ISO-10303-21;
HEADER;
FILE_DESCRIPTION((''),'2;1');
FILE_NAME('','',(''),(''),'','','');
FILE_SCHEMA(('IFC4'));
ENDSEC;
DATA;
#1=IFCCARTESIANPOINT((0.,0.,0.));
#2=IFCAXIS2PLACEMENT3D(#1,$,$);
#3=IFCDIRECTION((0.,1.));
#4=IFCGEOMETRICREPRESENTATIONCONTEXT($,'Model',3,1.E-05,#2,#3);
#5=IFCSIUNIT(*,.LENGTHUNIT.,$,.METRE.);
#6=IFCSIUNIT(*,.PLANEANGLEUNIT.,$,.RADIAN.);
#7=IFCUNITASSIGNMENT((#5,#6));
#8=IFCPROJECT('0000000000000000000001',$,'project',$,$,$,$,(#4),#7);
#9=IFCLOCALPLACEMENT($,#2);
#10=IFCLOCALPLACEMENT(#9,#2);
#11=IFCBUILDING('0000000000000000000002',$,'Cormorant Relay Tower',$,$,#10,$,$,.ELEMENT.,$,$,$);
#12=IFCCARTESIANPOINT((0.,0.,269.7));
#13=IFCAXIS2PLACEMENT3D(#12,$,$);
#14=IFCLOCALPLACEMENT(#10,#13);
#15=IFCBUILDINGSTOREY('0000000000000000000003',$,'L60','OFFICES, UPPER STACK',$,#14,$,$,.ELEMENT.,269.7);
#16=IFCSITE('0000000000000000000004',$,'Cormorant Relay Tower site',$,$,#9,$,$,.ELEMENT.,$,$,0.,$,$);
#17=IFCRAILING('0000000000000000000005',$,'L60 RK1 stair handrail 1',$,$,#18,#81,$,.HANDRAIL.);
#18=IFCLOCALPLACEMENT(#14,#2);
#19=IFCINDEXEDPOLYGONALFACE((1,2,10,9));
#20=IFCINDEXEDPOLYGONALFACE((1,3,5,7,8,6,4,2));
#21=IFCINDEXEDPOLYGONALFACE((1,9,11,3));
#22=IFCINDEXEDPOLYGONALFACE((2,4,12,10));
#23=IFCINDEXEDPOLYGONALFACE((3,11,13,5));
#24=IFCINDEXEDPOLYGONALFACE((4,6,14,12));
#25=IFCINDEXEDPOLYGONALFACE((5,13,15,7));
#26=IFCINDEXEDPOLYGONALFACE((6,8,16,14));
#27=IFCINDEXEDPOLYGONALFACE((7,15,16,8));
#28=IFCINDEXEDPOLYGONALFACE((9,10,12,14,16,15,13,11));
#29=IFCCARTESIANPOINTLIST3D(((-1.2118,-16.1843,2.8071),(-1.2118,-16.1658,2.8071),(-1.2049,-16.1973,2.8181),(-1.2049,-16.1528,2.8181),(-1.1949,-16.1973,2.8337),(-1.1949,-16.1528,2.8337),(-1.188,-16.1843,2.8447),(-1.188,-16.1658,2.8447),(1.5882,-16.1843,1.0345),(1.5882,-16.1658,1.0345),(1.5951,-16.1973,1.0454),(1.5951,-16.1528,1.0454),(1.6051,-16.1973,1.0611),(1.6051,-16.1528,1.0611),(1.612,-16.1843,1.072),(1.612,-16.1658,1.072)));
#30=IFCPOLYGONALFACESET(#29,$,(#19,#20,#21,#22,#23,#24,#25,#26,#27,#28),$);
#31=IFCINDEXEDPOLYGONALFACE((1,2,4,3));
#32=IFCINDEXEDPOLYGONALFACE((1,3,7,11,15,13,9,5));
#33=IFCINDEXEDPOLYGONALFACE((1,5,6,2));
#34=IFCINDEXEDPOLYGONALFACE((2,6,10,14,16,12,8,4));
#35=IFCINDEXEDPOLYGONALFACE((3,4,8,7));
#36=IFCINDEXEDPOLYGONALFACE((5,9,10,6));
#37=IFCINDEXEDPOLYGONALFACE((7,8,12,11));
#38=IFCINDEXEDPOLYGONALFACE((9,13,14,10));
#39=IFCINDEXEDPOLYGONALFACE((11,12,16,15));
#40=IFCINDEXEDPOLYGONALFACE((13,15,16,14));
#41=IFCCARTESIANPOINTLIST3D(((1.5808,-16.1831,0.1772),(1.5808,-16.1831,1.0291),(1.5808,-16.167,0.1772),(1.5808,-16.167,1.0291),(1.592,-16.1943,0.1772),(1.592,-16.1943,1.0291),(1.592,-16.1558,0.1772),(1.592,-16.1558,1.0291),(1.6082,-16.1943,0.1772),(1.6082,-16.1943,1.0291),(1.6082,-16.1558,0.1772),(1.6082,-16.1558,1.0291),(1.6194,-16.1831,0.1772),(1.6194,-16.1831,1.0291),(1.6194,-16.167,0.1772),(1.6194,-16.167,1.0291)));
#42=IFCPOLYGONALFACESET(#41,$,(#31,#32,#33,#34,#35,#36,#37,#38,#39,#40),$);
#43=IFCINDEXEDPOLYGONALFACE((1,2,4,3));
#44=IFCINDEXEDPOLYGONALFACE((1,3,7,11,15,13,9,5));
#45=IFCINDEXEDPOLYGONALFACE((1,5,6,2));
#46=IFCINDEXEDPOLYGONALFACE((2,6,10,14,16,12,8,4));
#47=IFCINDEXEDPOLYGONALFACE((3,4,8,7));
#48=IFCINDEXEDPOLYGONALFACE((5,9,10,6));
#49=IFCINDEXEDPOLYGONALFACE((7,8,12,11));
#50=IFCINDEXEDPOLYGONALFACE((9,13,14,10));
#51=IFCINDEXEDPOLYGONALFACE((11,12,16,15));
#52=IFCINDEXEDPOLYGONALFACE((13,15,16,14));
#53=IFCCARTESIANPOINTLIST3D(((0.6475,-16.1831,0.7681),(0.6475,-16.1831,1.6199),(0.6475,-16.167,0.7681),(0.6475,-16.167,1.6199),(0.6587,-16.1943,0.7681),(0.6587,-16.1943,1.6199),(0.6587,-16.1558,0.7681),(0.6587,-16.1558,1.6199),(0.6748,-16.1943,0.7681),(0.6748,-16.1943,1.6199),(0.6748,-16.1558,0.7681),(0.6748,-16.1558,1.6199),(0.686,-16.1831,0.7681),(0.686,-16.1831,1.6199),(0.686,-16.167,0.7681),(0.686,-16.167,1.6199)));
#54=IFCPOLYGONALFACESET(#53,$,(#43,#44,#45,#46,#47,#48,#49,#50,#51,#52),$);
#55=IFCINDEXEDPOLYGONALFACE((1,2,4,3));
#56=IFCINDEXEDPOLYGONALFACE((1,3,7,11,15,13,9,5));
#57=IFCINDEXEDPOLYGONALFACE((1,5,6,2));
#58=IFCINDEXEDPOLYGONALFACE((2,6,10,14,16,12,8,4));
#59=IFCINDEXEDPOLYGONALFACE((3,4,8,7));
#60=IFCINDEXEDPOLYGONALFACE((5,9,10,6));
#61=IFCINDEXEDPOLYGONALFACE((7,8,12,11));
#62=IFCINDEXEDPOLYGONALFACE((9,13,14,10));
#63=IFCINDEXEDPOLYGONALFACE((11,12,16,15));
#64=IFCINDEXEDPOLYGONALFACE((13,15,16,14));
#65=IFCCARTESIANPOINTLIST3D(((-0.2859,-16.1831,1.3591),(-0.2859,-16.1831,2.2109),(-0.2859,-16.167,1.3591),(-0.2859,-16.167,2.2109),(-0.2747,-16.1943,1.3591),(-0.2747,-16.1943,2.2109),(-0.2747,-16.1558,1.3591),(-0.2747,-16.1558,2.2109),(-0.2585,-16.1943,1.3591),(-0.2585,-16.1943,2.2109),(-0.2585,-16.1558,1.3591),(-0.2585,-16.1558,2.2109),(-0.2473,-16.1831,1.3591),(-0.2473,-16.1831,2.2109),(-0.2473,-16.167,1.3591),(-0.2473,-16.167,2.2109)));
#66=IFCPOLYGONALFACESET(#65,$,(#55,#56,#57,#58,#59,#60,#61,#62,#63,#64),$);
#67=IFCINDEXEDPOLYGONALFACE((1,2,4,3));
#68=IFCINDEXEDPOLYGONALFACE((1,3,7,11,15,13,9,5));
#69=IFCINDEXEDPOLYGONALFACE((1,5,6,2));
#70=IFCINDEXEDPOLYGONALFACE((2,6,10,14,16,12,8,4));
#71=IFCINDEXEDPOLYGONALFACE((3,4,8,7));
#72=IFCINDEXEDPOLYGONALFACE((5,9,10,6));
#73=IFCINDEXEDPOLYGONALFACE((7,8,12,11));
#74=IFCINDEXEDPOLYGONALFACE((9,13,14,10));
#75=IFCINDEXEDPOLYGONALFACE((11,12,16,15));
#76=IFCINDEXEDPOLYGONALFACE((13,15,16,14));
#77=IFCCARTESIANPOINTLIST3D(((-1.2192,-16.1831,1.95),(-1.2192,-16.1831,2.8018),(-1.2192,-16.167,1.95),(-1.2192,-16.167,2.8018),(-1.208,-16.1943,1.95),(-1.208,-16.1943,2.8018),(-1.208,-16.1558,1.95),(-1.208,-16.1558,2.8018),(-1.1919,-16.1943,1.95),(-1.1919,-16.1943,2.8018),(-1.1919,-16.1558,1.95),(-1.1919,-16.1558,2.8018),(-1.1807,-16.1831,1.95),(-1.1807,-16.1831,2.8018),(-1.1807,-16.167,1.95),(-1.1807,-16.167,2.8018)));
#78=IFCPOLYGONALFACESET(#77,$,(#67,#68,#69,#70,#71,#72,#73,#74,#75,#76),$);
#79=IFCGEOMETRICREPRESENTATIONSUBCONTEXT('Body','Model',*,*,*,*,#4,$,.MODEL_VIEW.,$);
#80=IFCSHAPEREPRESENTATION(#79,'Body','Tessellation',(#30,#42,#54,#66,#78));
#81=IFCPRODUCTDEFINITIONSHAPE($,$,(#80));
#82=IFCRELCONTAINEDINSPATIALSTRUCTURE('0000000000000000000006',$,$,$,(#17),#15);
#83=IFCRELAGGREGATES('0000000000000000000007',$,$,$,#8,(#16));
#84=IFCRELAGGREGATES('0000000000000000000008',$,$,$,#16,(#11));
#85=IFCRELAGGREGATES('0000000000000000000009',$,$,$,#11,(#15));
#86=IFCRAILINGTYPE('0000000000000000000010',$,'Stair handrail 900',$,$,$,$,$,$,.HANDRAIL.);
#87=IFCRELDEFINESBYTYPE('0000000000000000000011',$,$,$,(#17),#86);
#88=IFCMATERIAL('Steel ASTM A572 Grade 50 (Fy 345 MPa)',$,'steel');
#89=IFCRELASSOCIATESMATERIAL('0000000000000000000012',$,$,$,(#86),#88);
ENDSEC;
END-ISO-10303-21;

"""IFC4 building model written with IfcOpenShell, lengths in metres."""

from ifc_helpers import new_model, si_unit, direction, frame, origin, place, context, subcontext, project, spatial, polyline, outline, extrude, material, type_object, element, save


model = new_model("IFC4")

# Units and contexts
model_context = context("Model", 3, precision=1e-05, world=origin(), true_north=direction((0.0, 1.0)))
body_context = subcontext(model_context, "Body", "Model", "MODEL_VIEW")
ifc_project = project(units=[si_unit("LENGTHUNIT", "METRE"), si_unit("PLANEANGLEUNIT", "RADIAN")], contexts=[model_context])

# Site, building, storey
site_placement = place(None, origin())
site = spatial("IfcSite", under=ifc_project, at=site_placement, Name="Cormorant Relay Tower site", CompositionType="ELEMENT", RefElevation=0.0)
building_placement = place(site_placement, origin())
building = spatial("IfcBuilding", under=site, at=building_placement, Name="Cormorant Relay Tower", CompositionType="ELEMENT")
storey_placement = place(building_placement, frame((0.0, 0.0, 269.7)))
storey = spatial("IfcBuildingStorey", under=building, at=storey_placement, Name="L60", Description="OFFICES, UPPER STACK", CompositionType="ELEMENT", Elevation=269.7)

# Railing
ifc_material_1 = material(Name="Steel ASTM A572 Grade 50 (Fy 345 MPa)", Category="steel")
railing_type = type_object("IfcRailingType", Name="Stair handrail 900", PredefinedType="HANDRAIL", material=ifc_material_1)
railing_placement = place(storey_placement, frame((1.6001, -16.175, 0.1772)))
element("IfcRailing", 1, at=railing_placement, inside=storey, type_object=railing_type, Name="L60 RK1 stair handrail 1", PredefinedType="HANDRAIL", context=body_context, shape_type="SweptSolid", body=[
    extrude(outline(polyline([(0.0222, 0.0093), (0.0093, 0.0222), (-0.0093, 0.0222), (-0.0222, 0.0093), (-0.0222, -0.0093), (-0.0093, -0.0222), (0.0093, -0.0222), (0.0222, -0.0093), (0.0222, 0.0093)])), frame((0.0, 0.0, 0.876), z_axis=(-0.844909, 0.0, 0.53491), x_axis=(0.0, -1.0, 0.0)), (0.0, 0.0, 1.0), 3.314),
    extrude(outline(polyline([(0.0193, 0.0081), (0.0081, 0.0193), (-0.0081, 0.0193), (-0.0193, 0.0081), (-0.0193, -0.0081), (-0.0081, -0.0193), (0.0081, -0.0193), (0.0193, -0.0081), (0.0193, 0.0081)])), origin(), (0.0, 0.0, 1.0), 0.8518),
    extrude(outline(polyline([(0.0193, 0.0081), (0.0081, 0.0193), (-0.0081, 0.0193), (-0.0193, 0.0081), (-0.0193, -0.0081), (-0.0081, -0.0193), (0.0081, -0.0193), (0.0193, -0.0081), (0.0193, 0.0081)])), frame((-0.9333, 0.0, 0.5908)), (0.0, 0.0, 1.0), 0.8518),
    extrude(outline(polyline([(0.0193, 0.0081), (0.0081, 0.0193), (-0.0081, 0.0193), (-0.0193, 0.0081), (-0.0193, -0.0081), (-0.0081, -0.0193), (0.0081, -0.0193), (0.0193, -0.0081), (0.0193, 0.0081)])), frame((-1.8667, 0.0, 1.1819)), (0.0, 0.0, 1.0), 0.8518),
    extrude(outline(polyline([(0.0193, 0.0081), (0.0081, 0.0193), (-0.0081, 0.0193), (-0.0193, 0.0081), (-0.0193, -0.0081), (-0.0081, -0.0193), (0.0081, -0.0193), (0.0193, -0.0081), (0.0193, 0.0081)])), frame((-2.8, 0.0, 1.7727)), (0.0, 0.0, 1.0), 0.8518),
])

save(model, "model.ifc")
